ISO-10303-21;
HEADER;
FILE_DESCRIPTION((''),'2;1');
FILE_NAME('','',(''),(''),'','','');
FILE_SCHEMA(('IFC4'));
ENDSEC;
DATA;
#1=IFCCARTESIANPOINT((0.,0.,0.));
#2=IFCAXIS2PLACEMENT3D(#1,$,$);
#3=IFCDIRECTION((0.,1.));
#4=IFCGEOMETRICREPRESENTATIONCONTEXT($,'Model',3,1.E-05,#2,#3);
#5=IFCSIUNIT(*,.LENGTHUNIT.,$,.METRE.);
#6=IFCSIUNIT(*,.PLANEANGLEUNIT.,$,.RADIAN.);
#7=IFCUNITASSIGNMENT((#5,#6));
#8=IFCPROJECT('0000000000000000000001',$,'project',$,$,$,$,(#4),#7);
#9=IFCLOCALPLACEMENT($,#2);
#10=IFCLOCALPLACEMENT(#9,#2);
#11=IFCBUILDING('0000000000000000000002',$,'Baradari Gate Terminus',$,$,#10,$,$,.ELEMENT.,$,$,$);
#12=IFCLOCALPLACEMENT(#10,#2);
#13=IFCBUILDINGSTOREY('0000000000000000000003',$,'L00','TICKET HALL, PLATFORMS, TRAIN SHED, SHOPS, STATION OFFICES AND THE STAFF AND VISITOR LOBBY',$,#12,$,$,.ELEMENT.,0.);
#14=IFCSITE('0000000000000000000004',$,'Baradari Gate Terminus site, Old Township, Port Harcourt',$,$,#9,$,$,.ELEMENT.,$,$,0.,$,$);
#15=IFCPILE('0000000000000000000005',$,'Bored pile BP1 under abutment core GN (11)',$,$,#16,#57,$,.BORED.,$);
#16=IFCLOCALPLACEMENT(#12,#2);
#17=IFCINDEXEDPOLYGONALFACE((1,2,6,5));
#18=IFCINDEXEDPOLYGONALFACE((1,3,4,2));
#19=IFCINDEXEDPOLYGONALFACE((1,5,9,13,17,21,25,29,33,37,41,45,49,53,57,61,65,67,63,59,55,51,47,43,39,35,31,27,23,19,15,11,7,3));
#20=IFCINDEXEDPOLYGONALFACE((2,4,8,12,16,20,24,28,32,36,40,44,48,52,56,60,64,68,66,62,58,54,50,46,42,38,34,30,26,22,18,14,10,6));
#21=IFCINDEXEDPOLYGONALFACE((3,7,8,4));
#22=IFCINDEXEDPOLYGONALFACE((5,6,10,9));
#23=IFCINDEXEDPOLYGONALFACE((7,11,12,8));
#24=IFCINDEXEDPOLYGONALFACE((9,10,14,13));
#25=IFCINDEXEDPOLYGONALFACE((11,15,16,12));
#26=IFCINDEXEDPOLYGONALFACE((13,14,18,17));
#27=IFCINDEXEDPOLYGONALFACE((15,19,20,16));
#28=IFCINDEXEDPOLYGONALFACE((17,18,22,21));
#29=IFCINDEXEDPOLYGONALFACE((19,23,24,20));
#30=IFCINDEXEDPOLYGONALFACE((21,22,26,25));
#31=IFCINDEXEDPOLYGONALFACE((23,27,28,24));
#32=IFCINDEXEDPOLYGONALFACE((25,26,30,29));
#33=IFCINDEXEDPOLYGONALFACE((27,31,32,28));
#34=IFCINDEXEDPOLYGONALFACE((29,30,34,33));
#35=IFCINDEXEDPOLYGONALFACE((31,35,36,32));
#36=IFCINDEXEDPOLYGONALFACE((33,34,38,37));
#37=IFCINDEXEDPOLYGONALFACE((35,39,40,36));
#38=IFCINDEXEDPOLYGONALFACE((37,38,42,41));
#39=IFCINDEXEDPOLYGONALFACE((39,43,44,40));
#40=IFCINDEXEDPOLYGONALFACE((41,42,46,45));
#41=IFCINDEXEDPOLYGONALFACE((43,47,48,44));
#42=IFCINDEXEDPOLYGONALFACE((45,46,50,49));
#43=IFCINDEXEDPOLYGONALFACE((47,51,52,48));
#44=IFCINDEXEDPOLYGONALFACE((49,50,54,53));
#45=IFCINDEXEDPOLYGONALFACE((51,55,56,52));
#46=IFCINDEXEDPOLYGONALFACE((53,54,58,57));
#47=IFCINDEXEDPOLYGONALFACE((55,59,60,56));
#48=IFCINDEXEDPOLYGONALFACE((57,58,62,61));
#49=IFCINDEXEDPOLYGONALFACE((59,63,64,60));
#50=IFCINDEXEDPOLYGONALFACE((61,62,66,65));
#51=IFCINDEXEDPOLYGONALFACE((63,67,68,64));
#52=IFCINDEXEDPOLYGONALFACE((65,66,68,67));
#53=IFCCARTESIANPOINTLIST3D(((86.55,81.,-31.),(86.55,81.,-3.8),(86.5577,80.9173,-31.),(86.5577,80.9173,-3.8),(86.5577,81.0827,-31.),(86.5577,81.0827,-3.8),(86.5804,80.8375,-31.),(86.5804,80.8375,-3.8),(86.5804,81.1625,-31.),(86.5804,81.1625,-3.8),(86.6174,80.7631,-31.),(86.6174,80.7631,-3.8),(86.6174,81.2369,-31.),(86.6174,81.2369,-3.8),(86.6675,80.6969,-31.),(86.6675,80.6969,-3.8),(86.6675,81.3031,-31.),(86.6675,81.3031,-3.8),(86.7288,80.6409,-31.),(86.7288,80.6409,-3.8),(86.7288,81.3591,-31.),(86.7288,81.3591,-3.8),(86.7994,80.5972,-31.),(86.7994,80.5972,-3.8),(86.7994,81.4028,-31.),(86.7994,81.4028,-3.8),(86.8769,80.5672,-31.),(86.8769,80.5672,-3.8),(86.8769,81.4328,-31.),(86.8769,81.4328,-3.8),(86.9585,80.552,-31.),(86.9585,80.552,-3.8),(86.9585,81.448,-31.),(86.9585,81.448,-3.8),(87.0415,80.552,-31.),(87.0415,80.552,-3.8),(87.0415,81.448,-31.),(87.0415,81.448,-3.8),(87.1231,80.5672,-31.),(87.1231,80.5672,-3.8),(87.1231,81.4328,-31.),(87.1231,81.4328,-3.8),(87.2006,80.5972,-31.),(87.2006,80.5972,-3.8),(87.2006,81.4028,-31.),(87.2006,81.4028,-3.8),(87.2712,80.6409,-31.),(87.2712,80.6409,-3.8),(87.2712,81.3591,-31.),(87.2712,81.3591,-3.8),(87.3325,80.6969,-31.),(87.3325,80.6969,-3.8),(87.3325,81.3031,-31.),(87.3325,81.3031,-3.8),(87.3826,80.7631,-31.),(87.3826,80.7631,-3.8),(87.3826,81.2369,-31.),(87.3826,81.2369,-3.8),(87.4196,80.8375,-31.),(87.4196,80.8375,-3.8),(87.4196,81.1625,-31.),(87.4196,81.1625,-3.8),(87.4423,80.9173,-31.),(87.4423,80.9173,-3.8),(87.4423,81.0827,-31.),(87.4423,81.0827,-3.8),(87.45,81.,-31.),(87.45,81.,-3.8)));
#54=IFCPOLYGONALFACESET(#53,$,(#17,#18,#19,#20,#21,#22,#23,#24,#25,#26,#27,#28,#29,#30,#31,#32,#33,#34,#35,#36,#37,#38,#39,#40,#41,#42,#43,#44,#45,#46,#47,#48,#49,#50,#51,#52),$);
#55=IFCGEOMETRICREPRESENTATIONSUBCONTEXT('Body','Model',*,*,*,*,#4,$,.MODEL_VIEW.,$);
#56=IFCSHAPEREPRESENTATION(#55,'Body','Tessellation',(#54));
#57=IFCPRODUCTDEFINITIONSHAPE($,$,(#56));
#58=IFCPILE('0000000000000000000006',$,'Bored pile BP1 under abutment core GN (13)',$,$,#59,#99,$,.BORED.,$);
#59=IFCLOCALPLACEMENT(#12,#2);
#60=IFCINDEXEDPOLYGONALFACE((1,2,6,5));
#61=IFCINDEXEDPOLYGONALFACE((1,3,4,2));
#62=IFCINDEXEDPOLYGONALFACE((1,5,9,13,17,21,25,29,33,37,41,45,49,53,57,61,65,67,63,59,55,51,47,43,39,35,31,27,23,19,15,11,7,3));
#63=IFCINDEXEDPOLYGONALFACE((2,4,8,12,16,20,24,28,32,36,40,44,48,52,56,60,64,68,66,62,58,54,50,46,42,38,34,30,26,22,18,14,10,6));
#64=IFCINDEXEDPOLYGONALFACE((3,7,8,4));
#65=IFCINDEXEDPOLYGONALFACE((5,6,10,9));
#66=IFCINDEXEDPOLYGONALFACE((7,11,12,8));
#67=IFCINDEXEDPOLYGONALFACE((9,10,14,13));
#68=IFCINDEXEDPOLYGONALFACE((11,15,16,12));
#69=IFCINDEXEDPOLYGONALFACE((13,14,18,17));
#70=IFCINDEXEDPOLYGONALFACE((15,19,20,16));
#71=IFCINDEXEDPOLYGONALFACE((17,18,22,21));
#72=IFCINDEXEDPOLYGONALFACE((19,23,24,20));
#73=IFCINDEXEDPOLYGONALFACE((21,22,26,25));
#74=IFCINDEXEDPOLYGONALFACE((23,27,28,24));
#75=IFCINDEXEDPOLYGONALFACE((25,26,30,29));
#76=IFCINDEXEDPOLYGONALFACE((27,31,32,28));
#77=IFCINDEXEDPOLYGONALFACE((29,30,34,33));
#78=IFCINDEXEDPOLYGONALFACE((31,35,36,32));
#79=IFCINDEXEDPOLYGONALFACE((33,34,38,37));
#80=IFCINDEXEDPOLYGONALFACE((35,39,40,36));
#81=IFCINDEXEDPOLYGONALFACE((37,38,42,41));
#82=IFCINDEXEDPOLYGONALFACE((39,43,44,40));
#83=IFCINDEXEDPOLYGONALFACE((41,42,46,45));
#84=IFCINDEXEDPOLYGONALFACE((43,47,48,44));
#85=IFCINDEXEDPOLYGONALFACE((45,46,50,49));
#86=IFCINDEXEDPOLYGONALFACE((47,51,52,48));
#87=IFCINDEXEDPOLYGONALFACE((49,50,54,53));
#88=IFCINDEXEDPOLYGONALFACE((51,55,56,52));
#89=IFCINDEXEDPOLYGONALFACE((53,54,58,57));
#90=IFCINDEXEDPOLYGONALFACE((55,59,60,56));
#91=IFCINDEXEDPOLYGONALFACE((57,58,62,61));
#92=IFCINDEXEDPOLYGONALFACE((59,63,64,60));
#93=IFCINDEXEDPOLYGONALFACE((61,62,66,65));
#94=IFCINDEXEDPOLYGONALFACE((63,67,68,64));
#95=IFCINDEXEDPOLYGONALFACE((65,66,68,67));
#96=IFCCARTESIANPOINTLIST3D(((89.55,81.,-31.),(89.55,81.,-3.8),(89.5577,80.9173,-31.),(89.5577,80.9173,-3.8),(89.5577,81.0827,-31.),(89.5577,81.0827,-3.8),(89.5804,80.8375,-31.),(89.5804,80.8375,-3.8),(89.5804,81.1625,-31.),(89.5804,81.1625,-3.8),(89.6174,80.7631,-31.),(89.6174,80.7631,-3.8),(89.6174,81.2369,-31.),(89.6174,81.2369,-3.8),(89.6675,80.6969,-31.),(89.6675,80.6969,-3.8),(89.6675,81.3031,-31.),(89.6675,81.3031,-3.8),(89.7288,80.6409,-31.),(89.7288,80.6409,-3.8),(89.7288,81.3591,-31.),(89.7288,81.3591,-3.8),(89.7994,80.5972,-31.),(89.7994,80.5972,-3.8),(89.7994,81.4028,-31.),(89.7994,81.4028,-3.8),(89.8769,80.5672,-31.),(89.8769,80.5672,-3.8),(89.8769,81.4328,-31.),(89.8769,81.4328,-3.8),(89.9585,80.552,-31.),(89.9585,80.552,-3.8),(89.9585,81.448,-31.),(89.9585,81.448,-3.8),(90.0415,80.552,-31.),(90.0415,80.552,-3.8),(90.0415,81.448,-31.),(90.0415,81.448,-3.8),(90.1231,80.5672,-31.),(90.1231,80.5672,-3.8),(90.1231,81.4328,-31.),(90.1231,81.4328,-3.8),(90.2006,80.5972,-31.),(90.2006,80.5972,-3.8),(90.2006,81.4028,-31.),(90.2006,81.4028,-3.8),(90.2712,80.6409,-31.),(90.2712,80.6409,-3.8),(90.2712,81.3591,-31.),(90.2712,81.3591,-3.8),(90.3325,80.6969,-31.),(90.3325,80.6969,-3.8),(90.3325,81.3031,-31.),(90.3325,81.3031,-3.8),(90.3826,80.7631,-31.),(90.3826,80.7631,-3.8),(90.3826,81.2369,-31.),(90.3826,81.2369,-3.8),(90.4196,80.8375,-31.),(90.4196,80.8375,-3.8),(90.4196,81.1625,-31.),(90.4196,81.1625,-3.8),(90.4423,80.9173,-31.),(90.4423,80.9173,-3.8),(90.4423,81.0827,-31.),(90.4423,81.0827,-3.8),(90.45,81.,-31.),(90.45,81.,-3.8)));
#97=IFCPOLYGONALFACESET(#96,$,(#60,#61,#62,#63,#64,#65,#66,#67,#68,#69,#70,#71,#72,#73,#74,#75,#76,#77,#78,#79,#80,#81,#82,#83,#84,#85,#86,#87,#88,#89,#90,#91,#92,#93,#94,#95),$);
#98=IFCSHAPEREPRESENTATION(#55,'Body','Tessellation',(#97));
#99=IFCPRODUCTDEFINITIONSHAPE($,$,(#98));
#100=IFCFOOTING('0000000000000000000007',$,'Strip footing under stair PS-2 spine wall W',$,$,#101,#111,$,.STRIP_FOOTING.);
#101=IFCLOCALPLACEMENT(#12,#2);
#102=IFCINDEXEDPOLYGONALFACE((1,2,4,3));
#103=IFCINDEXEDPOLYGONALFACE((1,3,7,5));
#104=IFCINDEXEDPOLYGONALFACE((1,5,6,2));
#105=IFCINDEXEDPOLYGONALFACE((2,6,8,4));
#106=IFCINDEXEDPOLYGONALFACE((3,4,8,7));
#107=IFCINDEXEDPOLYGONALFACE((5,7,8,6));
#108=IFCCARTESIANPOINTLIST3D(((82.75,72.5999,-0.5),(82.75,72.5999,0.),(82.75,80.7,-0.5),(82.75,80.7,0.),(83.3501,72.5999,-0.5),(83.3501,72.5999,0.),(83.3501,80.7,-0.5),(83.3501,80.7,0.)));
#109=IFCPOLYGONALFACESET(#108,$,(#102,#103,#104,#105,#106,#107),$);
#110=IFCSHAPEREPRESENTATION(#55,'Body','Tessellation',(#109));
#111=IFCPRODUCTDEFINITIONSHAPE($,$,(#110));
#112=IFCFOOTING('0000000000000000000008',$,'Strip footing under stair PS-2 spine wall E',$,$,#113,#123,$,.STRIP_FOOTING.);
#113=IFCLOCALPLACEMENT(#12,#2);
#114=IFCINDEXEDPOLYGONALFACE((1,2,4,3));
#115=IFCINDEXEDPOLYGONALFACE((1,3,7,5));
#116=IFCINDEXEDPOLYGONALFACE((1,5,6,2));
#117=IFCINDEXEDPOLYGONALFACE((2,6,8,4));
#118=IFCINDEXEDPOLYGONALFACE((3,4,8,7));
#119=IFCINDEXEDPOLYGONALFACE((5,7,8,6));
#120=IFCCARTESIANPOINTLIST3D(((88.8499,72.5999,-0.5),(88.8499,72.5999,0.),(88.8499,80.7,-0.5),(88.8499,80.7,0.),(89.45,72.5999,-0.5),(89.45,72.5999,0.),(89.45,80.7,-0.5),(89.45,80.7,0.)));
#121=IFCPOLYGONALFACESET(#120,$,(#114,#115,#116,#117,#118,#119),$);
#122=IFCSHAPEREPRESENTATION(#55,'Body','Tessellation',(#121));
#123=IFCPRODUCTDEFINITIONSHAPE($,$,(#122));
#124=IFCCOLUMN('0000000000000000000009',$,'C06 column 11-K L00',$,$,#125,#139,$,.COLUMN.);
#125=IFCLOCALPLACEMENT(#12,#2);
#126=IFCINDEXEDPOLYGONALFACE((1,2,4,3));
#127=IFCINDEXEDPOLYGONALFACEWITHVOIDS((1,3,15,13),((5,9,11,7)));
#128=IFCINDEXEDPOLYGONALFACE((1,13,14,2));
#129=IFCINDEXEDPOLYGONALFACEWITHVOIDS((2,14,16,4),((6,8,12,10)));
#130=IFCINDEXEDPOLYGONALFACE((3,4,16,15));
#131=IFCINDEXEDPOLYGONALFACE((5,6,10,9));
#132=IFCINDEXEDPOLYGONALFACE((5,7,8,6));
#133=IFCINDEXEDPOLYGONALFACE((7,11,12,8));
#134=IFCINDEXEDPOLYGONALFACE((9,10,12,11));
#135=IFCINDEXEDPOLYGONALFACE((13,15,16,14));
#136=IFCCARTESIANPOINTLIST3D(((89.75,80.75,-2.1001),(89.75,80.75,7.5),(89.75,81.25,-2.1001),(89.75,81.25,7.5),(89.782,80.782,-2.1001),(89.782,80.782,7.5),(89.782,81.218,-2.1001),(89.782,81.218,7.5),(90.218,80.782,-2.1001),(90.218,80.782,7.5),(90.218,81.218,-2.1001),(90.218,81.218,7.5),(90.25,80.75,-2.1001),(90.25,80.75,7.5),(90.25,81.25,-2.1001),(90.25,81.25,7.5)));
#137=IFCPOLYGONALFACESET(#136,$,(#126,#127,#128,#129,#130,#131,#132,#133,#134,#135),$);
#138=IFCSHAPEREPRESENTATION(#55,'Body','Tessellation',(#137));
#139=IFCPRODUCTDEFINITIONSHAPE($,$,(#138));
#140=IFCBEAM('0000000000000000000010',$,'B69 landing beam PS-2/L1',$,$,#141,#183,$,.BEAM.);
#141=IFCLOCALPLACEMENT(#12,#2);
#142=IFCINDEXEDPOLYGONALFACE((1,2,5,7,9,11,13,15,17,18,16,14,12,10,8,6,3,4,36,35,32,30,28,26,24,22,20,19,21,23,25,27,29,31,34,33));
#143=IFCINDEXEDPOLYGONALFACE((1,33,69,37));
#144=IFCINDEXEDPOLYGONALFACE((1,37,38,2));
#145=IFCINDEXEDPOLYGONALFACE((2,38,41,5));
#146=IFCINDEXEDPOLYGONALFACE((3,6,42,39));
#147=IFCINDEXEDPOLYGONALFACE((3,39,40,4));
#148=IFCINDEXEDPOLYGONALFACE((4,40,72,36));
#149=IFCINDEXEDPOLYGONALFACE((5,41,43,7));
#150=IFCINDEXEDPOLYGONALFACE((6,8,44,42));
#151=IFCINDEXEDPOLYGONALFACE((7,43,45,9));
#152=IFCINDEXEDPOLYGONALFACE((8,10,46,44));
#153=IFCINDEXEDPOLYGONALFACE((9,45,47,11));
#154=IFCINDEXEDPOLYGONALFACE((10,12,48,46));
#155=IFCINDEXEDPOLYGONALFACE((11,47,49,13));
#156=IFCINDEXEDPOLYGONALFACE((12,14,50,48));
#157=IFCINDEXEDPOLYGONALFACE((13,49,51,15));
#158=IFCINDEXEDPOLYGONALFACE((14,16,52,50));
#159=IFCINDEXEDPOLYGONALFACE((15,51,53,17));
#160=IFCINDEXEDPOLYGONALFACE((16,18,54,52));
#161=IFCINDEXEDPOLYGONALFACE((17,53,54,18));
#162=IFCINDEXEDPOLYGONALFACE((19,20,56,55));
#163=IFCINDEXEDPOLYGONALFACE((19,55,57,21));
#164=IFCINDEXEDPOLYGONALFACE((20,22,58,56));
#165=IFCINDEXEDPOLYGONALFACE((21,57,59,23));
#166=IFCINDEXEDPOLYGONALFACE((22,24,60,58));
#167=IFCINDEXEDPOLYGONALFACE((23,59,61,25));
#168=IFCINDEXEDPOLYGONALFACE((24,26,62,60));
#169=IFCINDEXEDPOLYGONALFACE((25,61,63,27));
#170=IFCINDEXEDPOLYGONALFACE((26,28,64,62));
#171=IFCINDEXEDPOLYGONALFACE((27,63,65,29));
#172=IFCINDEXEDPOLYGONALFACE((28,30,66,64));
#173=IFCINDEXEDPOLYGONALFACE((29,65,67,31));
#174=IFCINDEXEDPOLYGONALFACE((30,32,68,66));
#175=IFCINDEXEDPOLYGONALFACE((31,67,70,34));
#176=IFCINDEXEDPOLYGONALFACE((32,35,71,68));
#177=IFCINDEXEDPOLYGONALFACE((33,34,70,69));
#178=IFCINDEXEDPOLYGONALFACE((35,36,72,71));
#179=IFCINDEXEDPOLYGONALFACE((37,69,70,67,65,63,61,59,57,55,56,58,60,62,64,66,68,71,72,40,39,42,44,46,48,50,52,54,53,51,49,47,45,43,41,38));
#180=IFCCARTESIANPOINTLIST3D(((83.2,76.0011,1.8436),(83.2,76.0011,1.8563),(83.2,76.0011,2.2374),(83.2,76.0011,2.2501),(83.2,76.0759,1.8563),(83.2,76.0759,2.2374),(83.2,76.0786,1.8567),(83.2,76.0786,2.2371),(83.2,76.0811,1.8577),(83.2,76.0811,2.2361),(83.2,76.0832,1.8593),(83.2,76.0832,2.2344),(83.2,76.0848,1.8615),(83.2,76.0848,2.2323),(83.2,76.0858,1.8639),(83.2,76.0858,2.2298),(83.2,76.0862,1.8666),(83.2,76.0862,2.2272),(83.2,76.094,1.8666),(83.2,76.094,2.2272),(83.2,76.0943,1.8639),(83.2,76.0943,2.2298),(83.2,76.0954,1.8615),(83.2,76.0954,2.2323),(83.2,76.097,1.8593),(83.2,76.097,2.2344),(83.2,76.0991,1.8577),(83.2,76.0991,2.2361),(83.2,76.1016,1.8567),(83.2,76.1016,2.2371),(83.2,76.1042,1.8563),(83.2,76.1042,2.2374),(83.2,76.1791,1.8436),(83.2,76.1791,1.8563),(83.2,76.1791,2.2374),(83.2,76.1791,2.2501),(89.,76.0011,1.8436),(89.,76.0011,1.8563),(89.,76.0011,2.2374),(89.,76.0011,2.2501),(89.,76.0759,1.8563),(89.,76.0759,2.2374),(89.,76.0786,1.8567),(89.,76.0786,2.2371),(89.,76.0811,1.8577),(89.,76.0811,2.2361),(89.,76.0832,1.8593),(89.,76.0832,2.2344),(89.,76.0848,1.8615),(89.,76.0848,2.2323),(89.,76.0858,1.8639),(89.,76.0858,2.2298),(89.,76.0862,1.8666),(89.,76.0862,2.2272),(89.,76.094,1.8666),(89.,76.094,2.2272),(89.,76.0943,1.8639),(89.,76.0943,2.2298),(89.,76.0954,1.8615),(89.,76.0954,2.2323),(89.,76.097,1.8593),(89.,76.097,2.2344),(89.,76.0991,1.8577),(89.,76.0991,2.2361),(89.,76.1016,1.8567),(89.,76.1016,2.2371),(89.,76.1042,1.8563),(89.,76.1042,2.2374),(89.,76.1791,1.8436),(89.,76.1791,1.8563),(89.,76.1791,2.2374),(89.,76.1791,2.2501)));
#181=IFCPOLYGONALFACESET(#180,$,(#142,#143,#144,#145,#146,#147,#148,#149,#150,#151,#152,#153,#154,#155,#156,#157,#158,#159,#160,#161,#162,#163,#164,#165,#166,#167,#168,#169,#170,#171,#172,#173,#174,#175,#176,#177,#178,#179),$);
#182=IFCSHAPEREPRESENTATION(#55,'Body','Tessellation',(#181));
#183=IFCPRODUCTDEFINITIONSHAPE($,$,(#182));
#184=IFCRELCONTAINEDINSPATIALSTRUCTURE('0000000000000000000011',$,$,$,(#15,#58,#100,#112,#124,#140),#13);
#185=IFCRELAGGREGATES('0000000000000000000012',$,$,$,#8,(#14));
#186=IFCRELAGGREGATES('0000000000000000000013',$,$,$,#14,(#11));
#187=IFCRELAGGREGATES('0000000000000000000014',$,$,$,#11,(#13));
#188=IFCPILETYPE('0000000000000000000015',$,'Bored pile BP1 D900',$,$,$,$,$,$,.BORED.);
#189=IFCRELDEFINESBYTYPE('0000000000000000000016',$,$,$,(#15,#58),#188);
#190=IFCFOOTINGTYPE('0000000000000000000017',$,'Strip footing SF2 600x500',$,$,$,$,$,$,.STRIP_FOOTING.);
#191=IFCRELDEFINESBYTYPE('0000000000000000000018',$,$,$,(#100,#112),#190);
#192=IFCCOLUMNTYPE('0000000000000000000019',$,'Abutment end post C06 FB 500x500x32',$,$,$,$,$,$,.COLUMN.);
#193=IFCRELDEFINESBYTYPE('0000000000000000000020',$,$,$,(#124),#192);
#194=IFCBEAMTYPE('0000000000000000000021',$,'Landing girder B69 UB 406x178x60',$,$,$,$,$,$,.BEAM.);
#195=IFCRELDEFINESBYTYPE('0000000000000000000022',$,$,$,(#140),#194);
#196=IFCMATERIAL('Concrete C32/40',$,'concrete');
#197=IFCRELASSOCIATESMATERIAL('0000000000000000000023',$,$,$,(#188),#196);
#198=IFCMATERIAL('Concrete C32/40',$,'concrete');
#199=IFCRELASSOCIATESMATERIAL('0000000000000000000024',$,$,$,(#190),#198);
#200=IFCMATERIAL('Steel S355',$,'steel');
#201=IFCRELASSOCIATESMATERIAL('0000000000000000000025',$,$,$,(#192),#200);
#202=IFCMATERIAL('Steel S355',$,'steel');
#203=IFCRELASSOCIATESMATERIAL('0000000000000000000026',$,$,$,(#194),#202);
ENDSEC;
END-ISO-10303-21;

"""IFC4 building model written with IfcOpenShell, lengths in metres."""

from ifc_helpers import new_model, si_unit, direction, frame, origin, origin_2d, place, context, subcontext, project, spatial, rectangle, hollow_rectangle, circle, i_section, extrude, material, material_profile, profile_set, type_object, element, save


model = new_model("IFC4")

# Units and contexts
model_context = context("Model", 3, precision=1e-05, world=origin(), true_north=direction((0.0, 1.0)))
body_context = subcontext(model_context, "Body", "Model", "MODEL_VIEW")
ifc_project = project(units=[si_unit("LENGTHUNIT", "METRE"), si_unit("PLANEANGLEUNIT", "RADIAN")], contexts=[model_context])

# Site, building, storey
site_placement = place(None, origin())
site = spatial("IfcSite", under=ifc_project, at=site_placement, Name="Baradari Gate Terminus site, Old Township, Port Harcourt", CompositionType="ELEMENT", RefElevation=0.0)
building_placement = place(site_placement, origin())
building = spatial("IfcBuilding", under=site, at=building_placement, Name="Baradari Gate Terminus", CompositionType="ELEMENT")
storey_placement = place(building_placement, origin())
storey = spatial("IfcBuildingStorey", under=building, at=storey_placement, Name="L00", Description="TICKET HALL, PLATFORMS, TRAIN SHED, SHOPS, STATION OFFICES AND THE STAFF AND VISITOR LOBBY", CompositionType="ELEMENT", Elevation=0.0)

# Piles
ifc_material_1 = material(Name="Concrete C32/40", Category="concrete")
pile_type = type_object("IfcPileType", Name="Bored pile BP1 D900", PredefinedType="BORED", material=ifc_material_1)
for number, where, z_axis, x_axis, name in (
    (1, (87.0, 81.0, -3.8), (0.0, 0.0, -1.0), (1.0, 0.0, 0.0), "Bored pile BP1 under abutment core GN (11)"),
    (2, (90.0, 81.0, -3.8), (0.0, 0.0, -1.0), (1.0, 0.0, 0.0), "Bored pile BP1 under abutment core GN (13)"),
):
    element("IfcPile", number, at=place(storey_placement, frame(where, z_axis=z_axis, x_axis=x_axis)), inside=storey, type_object=pile_type, Name=name, PredefinedType="BORED", context=body_context, shape_type="SweptSolid", body=[
        extrude(circle(Radius=0.45, at=origin_2d()), origin(), (0.0, 0.0, 1.0), 27.2),
    ])

# Footings
ifc_material_2 = material(Name="Concrete C32/40", Category="concrete")
footing_type = type_object("IfcFootingType", Name="Strip footing SF2 600x500", PredefinedType="STRIP_FOOTING", material=ifc_material_2)
for number, where, z_axis, x_axis, name in (
    (3, (83.05, 76.6499, -0.5), (0.0, 0.0, 1.0), (1.0, 0.0, 0.0), "Strip footing under stair PS-2 spine wall W"),
    (4, (89.1499, 76.6499, -0.5), (0.0, 0.0, 1.0), (1.0, 0.0, 0.0), "Strip footing under stair PS-2 spine wall E"),
):
    element("IfcFooting", number, at=place(storey_placement, frame(where, z_axis=z_axis, x_axis=x_axis)), inside=storey, type_object=footing_type, Name=name, PredefinedType="STRIP_FOOTING", context=body_context, shape_type="SweptSolid", body=[
        extrude(rectangle(XDim=0.6001, YDim=8.1001, at=origin_2d()), origin(), (0.0, 0.0, 1.0), 0.5),
    ])

# Column
ifc_material_3 = material(Name="Steel S355", Category="steel")
ifc_material_profile_1 = material_profile(ifc_material_3, hollow_rectangle(XDim=0.5, YDim=0.5, WallThickness=0.032, at=origin_2d()), Name="FB 500x500x32")
ifc_profile_set_1 = profile_set([ifc_material_profile_1], Name="Steel S355")
column_type = type_object("IfcColumnType", Name="Abutment end post C06 FB 500x500x32", PredefinedType="COLUMN", material=ifc_profile_set_1)
column_placement = place(storey_placement, frame((90.0, 81.0, -2.1001), z_axis=(0.0, 0.0, 1.0), x_axis=(1.0, 0.0, 0.0)))
element("IfcColumn", 5, at=column_placement, inside=storey, type_object=column_type, Name="C06 column 11-K L00", PredefinedType="COLUMN", context=body_context, shape_type="SweptSolid", body=[
    extrude(hollow_rectangle(XDim=0.5, YDim=0.5, WallThickness=0.032, at=origin_2d()), origin(), (0.0, 0.0, 1.0), 9.6001),
])

# Beam
ifc_material_4 = material(Name="Steel S355", Category="steel")
ifc_material_profile_2 = material_profile(ifc_material_4, i_section(OverallWidth=0.178, OverallDepth=0.4065, WebThickness=0.0078, FlangeThickness=0.0127, FilletRadius=0.0103, at=origin_2d()), Name="UB 406x178x60")
ifc_profile_set_2 = profile_set([ifc_material_profile_2], Name="Steel S355")
beam_type_1 = type_object("IfcBeamType", Name="Landing girder B69 UB 406x178x60", PredefinedType="BEAM", material=ifc_profile_set_2)
beam_1_placement = place(storey_placement, frame((83.2, 76.0901, 2.0469), z_axis=(1.0, 0.0, 0.0), x_axis=(0.0, 1.0, 0.0)))
element("IfcBeam", 6, at=beam_1_placement, inside=storey, type_object=beam_type_1, Name="B69 landing beam PS-2/L1", PredefinedType="BEAM", context=body_context, shape_type="SweptSolid", body=[
    extrude(i_section(OverallWidth=0.178, OverallDepth=0.4065, WebThickness=0.0078, FlangeThickness=0.0127, FilletRadius=0.0103, at=origin_2d()), origin(), (0.0, 0.0, 1.0), 5.8),
])

save(model, "model.ifc")
